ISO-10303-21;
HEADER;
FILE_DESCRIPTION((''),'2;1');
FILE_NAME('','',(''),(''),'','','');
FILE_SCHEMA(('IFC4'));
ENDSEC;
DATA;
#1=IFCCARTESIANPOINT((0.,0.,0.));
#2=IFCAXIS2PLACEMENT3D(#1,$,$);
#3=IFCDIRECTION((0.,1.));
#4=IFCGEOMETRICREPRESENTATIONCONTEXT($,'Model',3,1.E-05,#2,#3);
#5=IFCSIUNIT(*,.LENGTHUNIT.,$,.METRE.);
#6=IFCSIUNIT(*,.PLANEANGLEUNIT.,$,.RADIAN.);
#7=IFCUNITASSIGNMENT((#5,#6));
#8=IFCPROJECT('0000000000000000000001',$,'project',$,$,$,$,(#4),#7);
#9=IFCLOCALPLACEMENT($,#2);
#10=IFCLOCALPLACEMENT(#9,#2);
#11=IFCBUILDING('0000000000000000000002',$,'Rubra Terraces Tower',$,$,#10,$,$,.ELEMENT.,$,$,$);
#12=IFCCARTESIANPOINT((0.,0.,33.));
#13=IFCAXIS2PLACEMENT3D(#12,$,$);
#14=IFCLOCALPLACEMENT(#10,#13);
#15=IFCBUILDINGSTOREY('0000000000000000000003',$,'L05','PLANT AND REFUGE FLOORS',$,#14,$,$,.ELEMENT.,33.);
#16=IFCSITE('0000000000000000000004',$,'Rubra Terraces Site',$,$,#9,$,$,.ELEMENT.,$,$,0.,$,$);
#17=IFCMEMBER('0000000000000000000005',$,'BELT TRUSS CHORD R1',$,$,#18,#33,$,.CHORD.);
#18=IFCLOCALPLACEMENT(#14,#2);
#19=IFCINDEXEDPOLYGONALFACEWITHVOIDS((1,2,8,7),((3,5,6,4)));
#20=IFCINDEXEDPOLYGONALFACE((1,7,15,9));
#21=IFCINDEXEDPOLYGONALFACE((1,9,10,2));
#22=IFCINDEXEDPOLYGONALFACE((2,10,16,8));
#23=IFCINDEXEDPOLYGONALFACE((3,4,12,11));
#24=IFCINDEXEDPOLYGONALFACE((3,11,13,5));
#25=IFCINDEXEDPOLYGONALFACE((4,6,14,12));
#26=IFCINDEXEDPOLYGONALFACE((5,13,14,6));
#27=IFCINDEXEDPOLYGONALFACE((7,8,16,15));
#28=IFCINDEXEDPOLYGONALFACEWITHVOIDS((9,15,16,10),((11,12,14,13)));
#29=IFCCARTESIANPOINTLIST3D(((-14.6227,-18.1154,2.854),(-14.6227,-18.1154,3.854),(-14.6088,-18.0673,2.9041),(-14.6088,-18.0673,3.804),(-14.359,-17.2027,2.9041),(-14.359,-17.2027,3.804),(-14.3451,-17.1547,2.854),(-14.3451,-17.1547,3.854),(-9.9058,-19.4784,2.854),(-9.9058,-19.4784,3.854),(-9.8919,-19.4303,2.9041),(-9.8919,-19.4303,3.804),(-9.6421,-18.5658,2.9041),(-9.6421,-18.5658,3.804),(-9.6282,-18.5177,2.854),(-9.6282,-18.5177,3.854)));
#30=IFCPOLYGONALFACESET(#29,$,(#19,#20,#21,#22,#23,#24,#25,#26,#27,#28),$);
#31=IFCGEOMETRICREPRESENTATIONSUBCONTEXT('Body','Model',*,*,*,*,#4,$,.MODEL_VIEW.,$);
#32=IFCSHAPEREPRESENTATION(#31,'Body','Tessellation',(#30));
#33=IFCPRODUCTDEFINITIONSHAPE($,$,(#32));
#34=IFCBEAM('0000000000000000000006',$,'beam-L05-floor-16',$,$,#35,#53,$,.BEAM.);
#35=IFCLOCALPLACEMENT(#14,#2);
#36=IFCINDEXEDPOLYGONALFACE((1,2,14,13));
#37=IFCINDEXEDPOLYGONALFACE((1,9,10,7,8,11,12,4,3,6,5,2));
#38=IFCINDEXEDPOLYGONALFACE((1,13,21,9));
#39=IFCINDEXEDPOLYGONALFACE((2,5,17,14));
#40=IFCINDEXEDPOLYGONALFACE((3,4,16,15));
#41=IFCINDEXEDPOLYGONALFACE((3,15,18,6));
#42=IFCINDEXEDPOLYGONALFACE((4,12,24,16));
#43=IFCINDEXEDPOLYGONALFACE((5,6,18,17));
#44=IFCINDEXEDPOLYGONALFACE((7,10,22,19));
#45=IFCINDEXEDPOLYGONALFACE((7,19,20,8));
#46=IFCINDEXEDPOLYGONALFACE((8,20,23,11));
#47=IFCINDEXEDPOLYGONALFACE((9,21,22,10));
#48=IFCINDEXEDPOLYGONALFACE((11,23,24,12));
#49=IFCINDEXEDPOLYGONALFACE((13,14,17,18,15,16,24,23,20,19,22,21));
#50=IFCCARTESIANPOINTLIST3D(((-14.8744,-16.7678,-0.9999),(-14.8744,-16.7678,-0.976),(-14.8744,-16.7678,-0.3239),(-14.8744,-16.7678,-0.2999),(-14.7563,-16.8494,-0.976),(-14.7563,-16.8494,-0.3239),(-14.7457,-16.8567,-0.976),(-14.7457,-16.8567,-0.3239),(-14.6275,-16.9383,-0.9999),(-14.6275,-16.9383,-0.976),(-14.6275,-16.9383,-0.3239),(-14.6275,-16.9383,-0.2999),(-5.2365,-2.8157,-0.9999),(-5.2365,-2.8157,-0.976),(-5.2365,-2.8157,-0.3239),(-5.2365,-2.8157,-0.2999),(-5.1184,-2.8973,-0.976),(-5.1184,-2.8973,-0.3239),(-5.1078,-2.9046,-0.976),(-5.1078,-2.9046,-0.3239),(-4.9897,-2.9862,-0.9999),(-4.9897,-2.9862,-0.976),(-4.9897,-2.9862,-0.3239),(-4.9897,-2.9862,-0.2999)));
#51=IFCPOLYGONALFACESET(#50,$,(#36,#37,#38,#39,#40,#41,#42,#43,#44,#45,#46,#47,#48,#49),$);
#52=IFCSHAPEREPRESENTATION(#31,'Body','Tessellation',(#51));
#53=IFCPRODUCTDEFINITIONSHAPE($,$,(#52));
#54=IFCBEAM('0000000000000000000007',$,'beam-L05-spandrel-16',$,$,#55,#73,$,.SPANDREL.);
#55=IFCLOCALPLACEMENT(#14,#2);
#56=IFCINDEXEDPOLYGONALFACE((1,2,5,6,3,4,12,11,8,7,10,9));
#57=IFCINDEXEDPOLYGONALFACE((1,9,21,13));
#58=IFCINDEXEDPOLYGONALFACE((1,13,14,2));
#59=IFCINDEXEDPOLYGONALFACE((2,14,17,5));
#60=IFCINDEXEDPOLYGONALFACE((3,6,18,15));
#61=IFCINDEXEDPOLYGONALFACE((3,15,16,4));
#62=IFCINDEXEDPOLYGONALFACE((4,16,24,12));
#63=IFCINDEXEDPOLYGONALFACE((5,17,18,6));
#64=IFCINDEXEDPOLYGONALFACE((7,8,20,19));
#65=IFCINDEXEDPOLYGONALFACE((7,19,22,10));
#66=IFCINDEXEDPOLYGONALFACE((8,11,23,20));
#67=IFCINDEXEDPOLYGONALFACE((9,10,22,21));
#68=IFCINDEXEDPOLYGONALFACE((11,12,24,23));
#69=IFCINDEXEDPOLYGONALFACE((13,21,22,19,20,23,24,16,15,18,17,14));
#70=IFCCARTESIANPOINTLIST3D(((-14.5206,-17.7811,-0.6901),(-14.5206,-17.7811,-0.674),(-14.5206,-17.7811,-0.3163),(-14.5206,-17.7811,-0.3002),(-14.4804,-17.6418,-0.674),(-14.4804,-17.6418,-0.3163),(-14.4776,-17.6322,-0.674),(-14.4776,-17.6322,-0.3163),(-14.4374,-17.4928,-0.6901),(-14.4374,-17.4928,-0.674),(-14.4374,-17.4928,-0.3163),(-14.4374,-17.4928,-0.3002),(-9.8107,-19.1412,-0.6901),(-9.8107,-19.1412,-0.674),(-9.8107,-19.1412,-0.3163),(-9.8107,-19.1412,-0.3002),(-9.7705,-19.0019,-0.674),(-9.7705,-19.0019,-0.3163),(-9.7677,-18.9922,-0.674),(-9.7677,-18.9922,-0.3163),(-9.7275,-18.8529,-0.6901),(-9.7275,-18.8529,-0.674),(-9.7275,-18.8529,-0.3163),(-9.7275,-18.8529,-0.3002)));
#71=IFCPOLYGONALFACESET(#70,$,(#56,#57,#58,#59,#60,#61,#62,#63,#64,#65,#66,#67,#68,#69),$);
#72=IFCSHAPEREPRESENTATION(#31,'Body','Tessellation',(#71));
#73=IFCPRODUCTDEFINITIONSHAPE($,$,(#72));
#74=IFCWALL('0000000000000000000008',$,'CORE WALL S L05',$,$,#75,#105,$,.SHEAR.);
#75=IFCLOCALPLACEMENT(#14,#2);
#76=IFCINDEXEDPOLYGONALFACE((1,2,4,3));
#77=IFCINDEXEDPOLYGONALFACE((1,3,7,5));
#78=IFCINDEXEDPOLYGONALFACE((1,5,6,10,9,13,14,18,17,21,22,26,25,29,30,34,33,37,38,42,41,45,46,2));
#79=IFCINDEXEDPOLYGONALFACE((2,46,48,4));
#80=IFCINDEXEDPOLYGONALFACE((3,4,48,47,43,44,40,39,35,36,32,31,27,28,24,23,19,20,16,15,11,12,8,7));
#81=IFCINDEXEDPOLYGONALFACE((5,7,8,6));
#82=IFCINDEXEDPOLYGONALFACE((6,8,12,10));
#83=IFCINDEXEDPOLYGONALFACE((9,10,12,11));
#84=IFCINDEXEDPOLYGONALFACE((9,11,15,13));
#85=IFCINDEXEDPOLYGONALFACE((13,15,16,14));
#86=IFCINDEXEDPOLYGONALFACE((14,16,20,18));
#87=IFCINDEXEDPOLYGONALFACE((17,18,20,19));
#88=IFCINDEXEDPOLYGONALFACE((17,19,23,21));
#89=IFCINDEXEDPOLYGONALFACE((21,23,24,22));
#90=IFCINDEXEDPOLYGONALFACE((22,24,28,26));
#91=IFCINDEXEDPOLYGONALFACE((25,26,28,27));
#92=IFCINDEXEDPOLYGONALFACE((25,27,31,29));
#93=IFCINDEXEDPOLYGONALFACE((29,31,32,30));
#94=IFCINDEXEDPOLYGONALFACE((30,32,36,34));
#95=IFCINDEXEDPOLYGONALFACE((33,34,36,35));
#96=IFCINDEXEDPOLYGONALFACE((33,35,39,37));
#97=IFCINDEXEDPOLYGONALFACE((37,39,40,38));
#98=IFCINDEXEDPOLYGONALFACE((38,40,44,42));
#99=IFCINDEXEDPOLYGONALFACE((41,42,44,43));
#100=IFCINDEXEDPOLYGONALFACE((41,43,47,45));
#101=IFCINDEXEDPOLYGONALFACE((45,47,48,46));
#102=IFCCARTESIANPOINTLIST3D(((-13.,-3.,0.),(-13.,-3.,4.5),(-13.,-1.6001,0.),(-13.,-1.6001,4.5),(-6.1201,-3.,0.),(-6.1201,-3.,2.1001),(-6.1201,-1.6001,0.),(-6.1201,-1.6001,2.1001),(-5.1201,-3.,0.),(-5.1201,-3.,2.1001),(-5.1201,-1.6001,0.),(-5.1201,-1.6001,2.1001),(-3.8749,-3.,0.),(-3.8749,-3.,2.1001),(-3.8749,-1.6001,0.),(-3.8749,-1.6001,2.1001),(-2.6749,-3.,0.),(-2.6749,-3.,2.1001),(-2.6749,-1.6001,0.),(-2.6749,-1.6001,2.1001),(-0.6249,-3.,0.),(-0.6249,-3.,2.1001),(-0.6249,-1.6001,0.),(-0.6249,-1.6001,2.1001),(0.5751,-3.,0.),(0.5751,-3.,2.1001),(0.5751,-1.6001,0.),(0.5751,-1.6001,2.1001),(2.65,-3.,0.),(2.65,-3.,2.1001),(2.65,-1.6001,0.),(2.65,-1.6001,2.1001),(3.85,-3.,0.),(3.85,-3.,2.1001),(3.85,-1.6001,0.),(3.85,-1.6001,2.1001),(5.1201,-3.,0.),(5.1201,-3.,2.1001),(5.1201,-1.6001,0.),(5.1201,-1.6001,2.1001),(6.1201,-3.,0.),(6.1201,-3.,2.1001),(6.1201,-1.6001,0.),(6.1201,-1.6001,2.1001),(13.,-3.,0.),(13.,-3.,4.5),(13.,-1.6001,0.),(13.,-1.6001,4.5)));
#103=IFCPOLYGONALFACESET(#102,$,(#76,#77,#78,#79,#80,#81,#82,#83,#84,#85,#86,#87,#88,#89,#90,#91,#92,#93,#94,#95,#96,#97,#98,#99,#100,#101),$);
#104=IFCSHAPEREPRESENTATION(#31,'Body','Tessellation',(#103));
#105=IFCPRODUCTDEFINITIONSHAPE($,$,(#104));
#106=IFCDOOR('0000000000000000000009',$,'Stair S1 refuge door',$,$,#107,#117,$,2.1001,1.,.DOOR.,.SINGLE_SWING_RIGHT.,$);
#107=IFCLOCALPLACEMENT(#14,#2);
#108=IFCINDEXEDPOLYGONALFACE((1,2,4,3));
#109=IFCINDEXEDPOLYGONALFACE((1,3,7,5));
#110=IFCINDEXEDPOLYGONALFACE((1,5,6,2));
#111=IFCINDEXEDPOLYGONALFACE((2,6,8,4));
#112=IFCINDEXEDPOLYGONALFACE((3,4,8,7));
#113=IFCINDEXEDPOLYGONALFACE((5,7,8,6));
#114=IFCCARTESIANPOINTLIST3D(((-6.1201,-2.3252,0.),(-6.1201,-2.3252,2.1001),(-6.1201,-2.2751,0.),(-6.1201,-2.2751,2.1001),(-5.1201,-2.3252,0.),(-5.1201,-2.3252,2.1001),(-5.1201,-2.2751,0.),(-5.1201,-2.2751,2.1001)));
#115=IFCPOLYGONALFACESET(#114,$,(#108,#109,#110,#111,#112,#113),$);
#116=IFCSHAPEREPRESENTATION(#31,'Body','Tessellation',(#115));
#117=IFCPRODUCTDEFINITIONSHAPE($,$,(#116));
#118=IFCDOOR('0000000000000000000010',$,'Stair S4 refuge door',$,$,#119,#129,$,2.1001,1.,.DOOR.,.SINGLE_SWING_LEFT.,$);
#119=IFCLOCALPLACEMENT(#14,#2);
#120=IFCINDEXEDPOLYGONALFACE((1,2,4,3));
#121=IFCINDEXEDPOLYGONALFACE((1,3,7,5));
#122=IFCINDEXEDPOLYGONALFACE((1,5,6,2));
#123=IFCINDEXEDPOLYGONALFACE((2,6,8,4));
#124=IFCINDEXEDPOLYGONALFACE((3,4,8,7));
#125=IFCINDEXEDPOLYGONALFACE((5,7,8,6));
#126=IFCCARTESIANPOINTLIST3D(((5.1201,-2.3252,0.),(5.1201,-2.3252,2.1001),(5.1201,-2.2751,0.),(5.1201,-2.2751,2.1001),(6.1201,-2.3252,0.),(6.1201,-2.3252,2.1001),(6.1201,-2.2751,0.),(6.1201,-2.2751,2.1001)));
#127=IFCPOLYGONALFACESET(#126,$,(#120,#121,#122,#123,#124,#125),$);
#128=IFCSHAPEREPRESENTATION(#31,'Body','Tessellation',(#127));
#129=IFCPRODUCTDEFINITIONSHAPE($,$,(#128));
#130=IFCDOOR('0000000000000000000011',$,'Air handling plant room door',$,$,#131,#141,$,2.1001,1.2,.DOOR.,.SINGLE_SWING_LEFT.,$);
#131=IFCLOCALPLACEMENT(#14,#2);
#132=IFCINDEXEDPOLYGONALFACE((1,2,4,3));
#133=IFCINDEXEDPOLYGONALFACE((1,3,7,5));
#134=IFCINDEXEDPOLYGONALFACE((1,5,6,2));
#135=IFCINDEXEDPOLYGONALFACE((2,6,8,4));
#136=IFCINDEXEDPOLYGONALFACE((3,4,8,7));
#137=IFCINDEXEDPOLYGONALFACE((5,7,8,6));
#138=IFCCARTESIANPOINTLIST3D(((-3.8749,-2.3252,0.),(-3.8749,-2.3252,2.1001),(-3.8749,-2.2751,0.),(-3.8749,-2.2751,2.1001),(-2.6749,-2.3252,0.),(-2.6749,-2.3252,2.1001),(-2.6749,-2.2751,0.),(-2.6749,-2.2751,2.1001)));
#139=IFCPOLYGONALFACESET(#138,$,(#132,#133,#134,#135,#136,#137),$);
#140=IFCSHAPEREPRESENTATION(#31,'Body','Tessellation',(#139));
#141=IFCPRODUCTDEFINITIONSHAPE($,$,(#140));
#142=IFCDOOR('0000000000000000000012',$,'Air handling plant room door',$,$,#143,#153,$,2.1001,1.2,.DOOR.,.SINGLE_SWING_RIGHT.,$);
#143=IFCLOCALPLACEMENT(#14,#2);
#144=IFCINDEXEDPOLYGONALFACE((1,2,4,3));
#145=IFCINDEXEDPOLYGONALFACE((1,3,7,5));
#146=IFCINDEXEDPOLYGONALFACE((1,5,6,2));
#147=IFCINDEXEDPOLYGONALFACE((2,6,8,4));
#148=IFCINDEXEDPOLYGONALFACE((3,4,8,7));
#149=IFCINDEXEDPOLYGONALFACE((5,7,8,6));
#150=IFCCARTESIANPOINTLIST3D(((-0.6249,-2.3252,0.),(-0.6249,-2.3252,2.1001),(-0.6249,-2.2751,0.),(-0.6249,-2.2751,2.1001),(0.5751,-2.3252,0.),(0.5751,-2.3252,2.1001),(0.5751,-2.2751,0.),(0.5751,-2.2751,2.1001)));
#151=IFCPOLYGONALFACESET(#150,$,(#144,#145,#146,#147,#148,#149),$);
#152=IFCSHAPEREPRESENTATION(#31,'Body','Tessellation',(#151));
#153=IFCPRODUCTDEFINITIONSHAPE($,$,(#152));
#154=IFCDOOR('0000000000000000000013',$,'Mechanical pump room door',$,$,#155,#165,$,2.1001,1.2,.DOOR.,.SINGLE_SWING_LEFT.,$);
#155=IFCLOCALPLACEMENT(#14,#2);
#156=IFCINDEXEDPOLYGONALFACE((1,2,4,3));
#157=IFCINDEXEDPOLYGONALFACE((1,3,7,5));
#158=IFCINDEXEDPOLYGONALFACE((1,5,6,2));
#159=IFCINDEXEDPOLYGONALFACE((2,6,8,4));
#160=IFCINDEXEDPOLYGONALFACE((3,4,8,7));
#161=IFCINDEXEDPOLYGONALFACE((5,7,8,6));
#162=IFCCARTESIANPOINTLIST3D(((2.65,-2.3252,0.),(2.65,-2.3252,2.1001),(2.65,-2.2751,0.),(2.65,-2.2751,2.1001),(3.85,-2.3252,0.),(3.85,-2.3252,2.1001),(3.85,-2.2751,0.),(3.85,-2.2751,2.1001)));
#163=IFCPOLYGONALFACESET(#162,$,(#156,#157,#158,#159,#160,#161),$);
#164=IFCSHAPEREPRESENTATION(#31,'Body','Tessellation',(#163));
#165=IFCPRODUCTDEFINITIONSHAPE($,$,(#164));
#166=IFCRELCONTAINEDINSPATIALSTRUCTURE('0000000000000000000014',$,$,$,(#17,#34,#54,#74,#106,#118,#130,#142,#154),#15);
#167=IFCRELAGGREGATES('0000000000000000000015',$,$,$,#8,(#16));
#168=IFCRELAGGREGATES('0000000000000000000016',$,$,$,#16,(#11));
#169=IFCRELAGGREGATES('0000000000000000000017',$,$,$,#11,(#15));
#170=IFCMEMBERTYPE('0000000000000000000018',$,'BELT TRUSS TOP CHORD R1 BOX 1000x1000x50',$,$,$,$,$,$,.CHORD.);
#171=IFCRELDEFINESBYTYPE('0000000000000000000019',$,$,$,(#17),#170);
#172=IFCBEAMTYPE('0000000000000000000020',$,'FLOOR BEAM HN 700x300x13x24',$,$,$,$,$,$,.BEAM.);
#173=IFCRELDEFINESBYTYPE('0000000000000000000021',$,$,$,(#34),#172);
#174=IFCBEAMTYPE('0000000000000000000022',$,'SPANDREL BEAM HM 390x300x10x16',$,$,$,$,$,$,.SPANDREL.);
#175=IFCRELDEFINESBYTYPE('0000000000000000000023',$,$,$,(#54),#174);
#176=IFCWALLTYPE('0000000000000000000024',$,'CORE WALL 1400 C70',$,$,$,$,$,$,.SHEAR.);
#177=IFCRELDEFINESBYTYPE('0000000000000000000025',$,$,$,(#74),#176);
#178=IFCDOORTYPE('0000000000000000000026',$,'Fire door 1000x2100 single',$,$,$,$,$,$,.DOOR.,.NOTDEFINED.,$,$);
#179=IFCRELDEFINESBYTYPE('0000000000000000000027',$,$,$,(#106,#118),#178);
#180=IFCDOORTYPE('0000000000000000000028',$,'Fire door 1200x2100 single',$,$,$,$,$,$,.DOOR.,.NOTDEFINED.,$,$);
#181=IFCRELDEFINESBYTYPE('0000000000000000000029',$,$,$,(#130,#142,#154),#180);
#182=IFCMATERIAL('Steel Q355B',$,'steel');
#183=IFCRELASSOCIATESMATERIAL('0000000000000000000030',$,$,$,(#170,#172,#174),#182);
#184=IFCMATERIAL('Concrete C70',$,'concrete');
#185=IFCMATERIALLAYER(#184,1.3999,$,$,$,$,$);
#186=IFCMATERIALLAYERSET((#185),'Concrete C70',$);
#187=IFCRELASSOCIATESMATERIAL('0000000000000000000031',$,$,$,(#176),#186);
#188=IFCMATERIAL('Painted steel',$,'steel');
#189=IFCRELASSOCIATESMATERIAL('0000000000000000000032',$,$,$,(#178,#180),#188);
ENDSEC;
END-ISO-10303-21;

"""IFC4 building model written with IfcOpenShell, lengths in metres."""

from ifc_helpers import new_model, si_unit, direction, frame, frame_2d, origin, origin_2d, place, context, subcontext, project, spatial, rectangle, hollow_rectangle, i_section, extrude, material, layer, layer_set, material_profile, profile_set, type_object, element, fill, save


model = new_model("IFC4")

# Units and contexts
model_context = context("Model", 3, precision=1e-05, world=origin(), true_north=direction((0.0, 1.0)))
body_context = subcontext(model_context, "Body", "Model", "MODEL_VIEW")
ifc_project = project(units=[si_unit("LENGTHUNIT", "METRE"), si_unit("PLANEANGLEUNIT", "RADIAN")], contexts=[model_context])

# Site, building, storey
site_placement = place(None, origin())
site = spatial("IfcSite", under=ifc_project, at=site_placement, Name="Rubra Terraces Site", CompositionType="ELEMENT", RefElevation=0.0)
building_placement = place(site_placement, origin())
building = spatial("IfcBuilding", under=site, at=building_placement, Name="Rubra Terraces Tower", CompositionType="ELEMENT")
storey_placement = place(building_placement, frame((0.0, 0.0, 33.0)))
storey = spatial("IfcBuildingStorey", under=building, at=storey_placement, Name="L05", Description="PLANT AND REFUGE FLOORS", CompositionType="ELEMENT", Elevation=33.0)

# Member
ifc_material_1 = material(Name="Steel Q355B", Category="steel")
ifc_material_profile_1 = material_profile(ifc_material_1, hollow_rectangle(XDim=1.0, YDim=1.0, WallThickness=0.05, at=origin_2d()), Name="BOX 1000x1000x50")
ifc_profile_set_1 = profile_set([ifc_material_profile_1], Name="Steel Q355B")
member_type = type_object("IfcMemberType", Name="BELT TRUSS TOP CHORD R1 BOX 1000x1000x50", PredefinedType="CHORD", material=ifc_profile_set_1)
member_placement = place(storey_placement, frame((-14.4839, -17.635, 3.354), z_axis=(0.960692, -0.277616, 0.0), x_axis=(0.277616, 0.960692, 0.0)))
element("IfcMember", 1, at=member_placement, inside=storey, type_object=member_type, Name="BELT TRUSS CHORD R1", PredefinedType="CHORD", context=body_context, shape_type="SweptSolid", body=[
    extrude(hollow_rectangle(XDim=1.0, YDim=1.0, WallThickness=0.05, at=origin_2d()), origin(), (0.0, 0.0, 1.0), 4.9099),
])

# Beams
ifc_material_profile_2 = material_profile(ifc_material_1, i_section(OverallWidth=0.3, OverallDepth=0.7, WebThickness=0.0129, FlangeThickness=0.0239, at=origin_2d()), Name="HN 700x300x13x24")
ifc_profile_set_2 = profile_set([ifc_material_profile_2], Name="Steel Q355B")
beam_type_1 = type_object("IfcBeamType", Name="FLOOR BEAM HN 700x300x13x24", PredefinedType="BEAM", material=ifc_profile_set_2)
beam_1_placement = place(storey_placement, frame((-14.751, -16.853, -0.6499), z_axis=(0.568363, 0.822778, 0.0), x_axis=(-0.822778, 0.568363, 0.0)))
element("IfcBeam", 2, at=beam_1_placement, inside=storey, type_object=beam_type_1, Name="beam-L05-floor-16", PredefinedType="BEAM", context=body_context, shape_type="SweptSolid", body=[
    extrude(i_section(OverallWidth=0.3, OverallDepth=0.7, WebThickness=0.0129, FlangeThickness=0.0239, at=origin_2d()), origin(), (0.0, 0.0, 1.0), 16.9573),
])
ifc_material_profile_3 = material_profile(ifc_material_1, i_section(OverallWidth=0.3, OverallDepth=0.3899, WebThickness=0.01, FlangeThickness=0.0161, at=origin_2d()), Name="HM 390x300x10x16")
ifc_profile_set_3 = profile_set([ifc_material_profile_3], Name="Steel Q355B")
beam_type_2 = type_object("IfcBeamType", Name="SPANDREL BEAM HM 390x300x10x16", PredefinedType="SPANDREL", material=ifc_profile_set_3)
beam_2_placement = place(storey_placement, frame((-14.479, -17.637, -0.4951), z_axis=(0.960744, -0.277436, 0.0), x_axis=(0.277436, 0.960744, 0.0)))
element("IfcBeam", 3, at=beam_2_placement, inside=storey, type_object=beam_type_2, Name="beam-L05-spandrel-16", PredefinedType="SPANDREL", context=body_context, shape_type="SweptSolid", body=[
    extrude(i_section(OverallWidth=0.3, OverallDepth=0.3899, WebThickness=0.01, FlangeThickness=0.0161, at=origin_2d()), origin(), (0.0, 0.0, 1.0), 4.9023),
])

# Wall, openings, doors
ifc_material_2 = material(Name="Concrete C70", Category="concrete")
ifc_layer_1 = layer(ifc_material_2, 1.3999)
ifc_layer_set_1 = layer_set([ifc_layer_1], Name="Concrete C70")
wall_type_1 = type_object("IfcWallType", Name="CORE WALL 1400 C70", PredefinedType="SHEAR", material=ifc_layer_set_1)
wall_1_placement = place(storey_placement, frame((-13.0, -2.3, 0.0), z_axis=(0.0, 0.0, 1.0), x_axis=(1.0, 0.0, 0.0)))
wall_1 = element("IfcWall", 4, at=wall_1_placement, inside=storey, type_object=wall_type_1, Name="CORE WALL S L05", PredefinedType="SHEAR", context=body_context, shape_type="SweptSolid", body=[
    extrude(rectangle(XDim=26.0, YDim=1.3999, at=frame_2d((13.0, 0.0))), origin(), (0.0, 0.0, 1.0), 4.5),
])
opening_1_placement = place(wall_1_placement, frame((9.125, 0.0, 0.0)))
opening_1 = element("IfcOpeningElement", 5, at=opening_1_placement, cuts=wall_1, PredefinedType="OPENING", context=body_context, shape_type="SweptSolid", body=[
    extrude(rectangle(XDim=1.2, YDim=2.1001, at=frame_2d((0.6001, 1.05))), frame((0.0, 0.71, 0.0), z_axis=(0.0, -1.0, 0.0), x_axis=(1.0, 0.0, 0.0)), (0.0, 0.0, 1.0), 1.4199),
])
opening_2_placement = place(wall_1_placement, frame((12.375, 0.0, 0.0)))
opening_2 = element("IfcOpeningElement", 6, at=opening_2_placement, cuts=wall_1, PredefinedType="OPENING", context=body_context, shape_type="SweptSolid", body=[
    extrude(rectangle(XDim=1.2, YDim=2.1001, at=frame_2d((0.6001, 1.05))), frame((0.0, 0.71, 0.0), z_axis=(0.0, -1.0, 0.0), x_axis=(1.0, 0.0, 0.0)), (0.0, 0.0, 1.0), 1.4199),
])
opening_3_placement = place(wall_1_placement, frame((15.6499, 0.0, 0.0)))
opening_3 = element("IfcOpeningElement", 7, at=opening_3_placement, cuts=wall_1, PredefinedType="OPENING", context=body_context, shape_type="SweptSolid", body=[
    extrude(rectangle(XDim=1.2, YDim=2.1001, at=frame_2d((0.6001, 1.05))), frame((0.0, 0.71, 0.0), z_axis=(0.0, -1.0, 0.0), x_axis=(1.0, 0.0, 0.0)), (0.0, 0.0, 1.0), 1.4199),
])
opening_4_placement = place(wall_1_placement, frame((6.8799, 0.0, 0.0)))
opening_4 = element("IfcOpeningElement", 8, at=opening_4_placement, cuts=wall_1, PredefinedType="OPENING", context=body_context, shape_type="SweptSolid", body=[
    extrude(rectangle(XDim=1.0, YDim=2.1001, at=frame_2d((0.5, 1.05))), frame((0.0, 0.71, 0.0), z_axis=(0.0, -1.0, 0.0), x_axis=(1.0, 0.0, 0.0)), (0.0, 0.0, 1.0), 1.4199),
])
opening_5_placement = place(wall_1_placement, frame((18.1201, 0.0, 0.0)))
opening_5 = element("IfcOpeningElement", 9, at=opening_5_placement, cuts=wall_1, PredefinedType="OPENING", context=body_context, shape_type="SweptSolid", body=[
    extrude(rectangle(XDim=1.0, YDim=2.1001, at=frame_2d((0.5, 1.05))), frame((0.0, 0.71, 0.0), z_axis=(0.0, -1.0, 0.0), x_axis=(1.0, 0.0, 0.0)), (0.0, 0.0, 1.0), 1.4199),
])
ifc_material_3 = material(Name="Painted steel", Category="steel")
door_type_1 = type_object("IfcDoorType", Name="Fire door 1000x2100 single", OperationType="NOTDEFINED", PredefinedType="DOOR", material=ifc_material_3)
door_1_placement = place(opening_4_placement, origin())
door_1 = element("IfcDoor", 10, at=door_1_placement, inside=storey, type_object=door_type_1, Name="Stair S1 refuge door", OperationType="SINGLE_SWING_RIGHT", OverallHeight=2.1001, OverallWidth=1.0, PredefinedType="DOOR", context=body_context, shape_type="SweptSolid", body=[
    extrude(rectangle(XDim=1.0, YDim=2.1001, at=frame_2d((0.5, 1.05))), frame((0.0, 0.0249, 0.0), z_axis=(0.0, -1.0, 0.0), x_axis=(1.0, 0.0, 0.0)), (0.0, 0.0, 1.0), 0.05),
])
fill(opening_4, door_1)
door_2_placement = place(opening_5_placement, origin())
door_2 = element("IfcDoor", 11, at=door_2_placement, inside=storey, type_object=door_type_1, Name="Stair S4 refuge door", OperationType="SINGLE_SWING_LEFT", OverallHeight=2.1001, OverallWidth=1.0, PredefinedType="DOOR", context=body_context, shape_type="SweptSolid", body=[
    extrude(rectangle(XDim=1.0, YDim=2.1001, at=frame_2d((0.5, 1.05))), frame((0.0, 0.0249, 0.0), z_axis=(0.0, -1.0, 0.0), x_axis=(1.0, 0.0, 0.0)), (0.0, 0.0, 1.0), 0.05),
])
fill(opening_5, door_2)
door_type_2 = type_object("IfcDoorType", Name="Fire door 1200x2100 single", OperationType="NOTDEFINED", PredefinedType="DOOR", material=ifc_material_3)
door_3_placement = place(opening_1_placement, origin())
door_3 = element("IfcDoor", 12, at=door_3_placement, inside=storey, type_object=door_type_2, Name="Air handling plant room door", OperationType="SINGLE_SWING_LEFT", OverallHeight=2.1001, OverallWidth=1.2, PredefinedType="DOOR", context=body_context, shape_type="SweptSolid", body=[
    extrude(rectangle(XDim=1.2, YDim=2.1001, at=frame_2d((0.6001, 1.05))), frame((0.0, 0.0249, 0.0), z_axis=(0.0, -1.0, 0.0), x_axis=(1.0, 0.0, 0.0)), (0.0, 0.0, 1.0), 0.05),
])
fill(opening_1, door_3)
door_4_placement = place(opening_2_placement, origin())
door_4 = element("IfcDoor", 13, at=door_4_placement, inside=storey, type_object=door_type_2, Name="Air handling plant room door", OperationType="SINGLE_SWING_RIGHT", OverallHeight=2.1001, OverallWidth=1.2, PredefinedType="DOOR", context=body_context, shape_type="SweptSolid", body=[
    extrude(rectangle(XDim=1.2, YDim=2.1001, at=frame_2d((0.6001, 1.05))), frame((0.0, 0.0249, 0.0), z_axis=(0.0, -1.0, 0.0), x_axis=(1.0, 0.0, 0.0)), (0.0, 0.0, 1.0), 0.05),
])
fill(opening_2, door_4)
door_5_placement = place(opening_3_placement, origin())
door_5 = element("IfcDoor", 14, at=door_5_placement, inside=storey, type_object=door_type_2, Name="Mechanical pump room door", OperationType="SINGLE_SWING_LEFT", OverallHeight=2.1001, OverallWidth=1.2, PredefinedType="DOOR", context=body_context, shape_type="SweptSolid", body=[
    extrude(rectangle(XDim=1.2, YDim=2.1001, at=frame_2d((0.6001, 1.05))), frame((0.0, 0.0249, 0.0), z_axis=(0.0, -1.0, 0.0), x_axis=(1.0, 0.0, 0.0)), (0.0, 0.0, 1.0), 0.05),
])
fill(opening_3, door_5)

save(model, "model.ifc")
